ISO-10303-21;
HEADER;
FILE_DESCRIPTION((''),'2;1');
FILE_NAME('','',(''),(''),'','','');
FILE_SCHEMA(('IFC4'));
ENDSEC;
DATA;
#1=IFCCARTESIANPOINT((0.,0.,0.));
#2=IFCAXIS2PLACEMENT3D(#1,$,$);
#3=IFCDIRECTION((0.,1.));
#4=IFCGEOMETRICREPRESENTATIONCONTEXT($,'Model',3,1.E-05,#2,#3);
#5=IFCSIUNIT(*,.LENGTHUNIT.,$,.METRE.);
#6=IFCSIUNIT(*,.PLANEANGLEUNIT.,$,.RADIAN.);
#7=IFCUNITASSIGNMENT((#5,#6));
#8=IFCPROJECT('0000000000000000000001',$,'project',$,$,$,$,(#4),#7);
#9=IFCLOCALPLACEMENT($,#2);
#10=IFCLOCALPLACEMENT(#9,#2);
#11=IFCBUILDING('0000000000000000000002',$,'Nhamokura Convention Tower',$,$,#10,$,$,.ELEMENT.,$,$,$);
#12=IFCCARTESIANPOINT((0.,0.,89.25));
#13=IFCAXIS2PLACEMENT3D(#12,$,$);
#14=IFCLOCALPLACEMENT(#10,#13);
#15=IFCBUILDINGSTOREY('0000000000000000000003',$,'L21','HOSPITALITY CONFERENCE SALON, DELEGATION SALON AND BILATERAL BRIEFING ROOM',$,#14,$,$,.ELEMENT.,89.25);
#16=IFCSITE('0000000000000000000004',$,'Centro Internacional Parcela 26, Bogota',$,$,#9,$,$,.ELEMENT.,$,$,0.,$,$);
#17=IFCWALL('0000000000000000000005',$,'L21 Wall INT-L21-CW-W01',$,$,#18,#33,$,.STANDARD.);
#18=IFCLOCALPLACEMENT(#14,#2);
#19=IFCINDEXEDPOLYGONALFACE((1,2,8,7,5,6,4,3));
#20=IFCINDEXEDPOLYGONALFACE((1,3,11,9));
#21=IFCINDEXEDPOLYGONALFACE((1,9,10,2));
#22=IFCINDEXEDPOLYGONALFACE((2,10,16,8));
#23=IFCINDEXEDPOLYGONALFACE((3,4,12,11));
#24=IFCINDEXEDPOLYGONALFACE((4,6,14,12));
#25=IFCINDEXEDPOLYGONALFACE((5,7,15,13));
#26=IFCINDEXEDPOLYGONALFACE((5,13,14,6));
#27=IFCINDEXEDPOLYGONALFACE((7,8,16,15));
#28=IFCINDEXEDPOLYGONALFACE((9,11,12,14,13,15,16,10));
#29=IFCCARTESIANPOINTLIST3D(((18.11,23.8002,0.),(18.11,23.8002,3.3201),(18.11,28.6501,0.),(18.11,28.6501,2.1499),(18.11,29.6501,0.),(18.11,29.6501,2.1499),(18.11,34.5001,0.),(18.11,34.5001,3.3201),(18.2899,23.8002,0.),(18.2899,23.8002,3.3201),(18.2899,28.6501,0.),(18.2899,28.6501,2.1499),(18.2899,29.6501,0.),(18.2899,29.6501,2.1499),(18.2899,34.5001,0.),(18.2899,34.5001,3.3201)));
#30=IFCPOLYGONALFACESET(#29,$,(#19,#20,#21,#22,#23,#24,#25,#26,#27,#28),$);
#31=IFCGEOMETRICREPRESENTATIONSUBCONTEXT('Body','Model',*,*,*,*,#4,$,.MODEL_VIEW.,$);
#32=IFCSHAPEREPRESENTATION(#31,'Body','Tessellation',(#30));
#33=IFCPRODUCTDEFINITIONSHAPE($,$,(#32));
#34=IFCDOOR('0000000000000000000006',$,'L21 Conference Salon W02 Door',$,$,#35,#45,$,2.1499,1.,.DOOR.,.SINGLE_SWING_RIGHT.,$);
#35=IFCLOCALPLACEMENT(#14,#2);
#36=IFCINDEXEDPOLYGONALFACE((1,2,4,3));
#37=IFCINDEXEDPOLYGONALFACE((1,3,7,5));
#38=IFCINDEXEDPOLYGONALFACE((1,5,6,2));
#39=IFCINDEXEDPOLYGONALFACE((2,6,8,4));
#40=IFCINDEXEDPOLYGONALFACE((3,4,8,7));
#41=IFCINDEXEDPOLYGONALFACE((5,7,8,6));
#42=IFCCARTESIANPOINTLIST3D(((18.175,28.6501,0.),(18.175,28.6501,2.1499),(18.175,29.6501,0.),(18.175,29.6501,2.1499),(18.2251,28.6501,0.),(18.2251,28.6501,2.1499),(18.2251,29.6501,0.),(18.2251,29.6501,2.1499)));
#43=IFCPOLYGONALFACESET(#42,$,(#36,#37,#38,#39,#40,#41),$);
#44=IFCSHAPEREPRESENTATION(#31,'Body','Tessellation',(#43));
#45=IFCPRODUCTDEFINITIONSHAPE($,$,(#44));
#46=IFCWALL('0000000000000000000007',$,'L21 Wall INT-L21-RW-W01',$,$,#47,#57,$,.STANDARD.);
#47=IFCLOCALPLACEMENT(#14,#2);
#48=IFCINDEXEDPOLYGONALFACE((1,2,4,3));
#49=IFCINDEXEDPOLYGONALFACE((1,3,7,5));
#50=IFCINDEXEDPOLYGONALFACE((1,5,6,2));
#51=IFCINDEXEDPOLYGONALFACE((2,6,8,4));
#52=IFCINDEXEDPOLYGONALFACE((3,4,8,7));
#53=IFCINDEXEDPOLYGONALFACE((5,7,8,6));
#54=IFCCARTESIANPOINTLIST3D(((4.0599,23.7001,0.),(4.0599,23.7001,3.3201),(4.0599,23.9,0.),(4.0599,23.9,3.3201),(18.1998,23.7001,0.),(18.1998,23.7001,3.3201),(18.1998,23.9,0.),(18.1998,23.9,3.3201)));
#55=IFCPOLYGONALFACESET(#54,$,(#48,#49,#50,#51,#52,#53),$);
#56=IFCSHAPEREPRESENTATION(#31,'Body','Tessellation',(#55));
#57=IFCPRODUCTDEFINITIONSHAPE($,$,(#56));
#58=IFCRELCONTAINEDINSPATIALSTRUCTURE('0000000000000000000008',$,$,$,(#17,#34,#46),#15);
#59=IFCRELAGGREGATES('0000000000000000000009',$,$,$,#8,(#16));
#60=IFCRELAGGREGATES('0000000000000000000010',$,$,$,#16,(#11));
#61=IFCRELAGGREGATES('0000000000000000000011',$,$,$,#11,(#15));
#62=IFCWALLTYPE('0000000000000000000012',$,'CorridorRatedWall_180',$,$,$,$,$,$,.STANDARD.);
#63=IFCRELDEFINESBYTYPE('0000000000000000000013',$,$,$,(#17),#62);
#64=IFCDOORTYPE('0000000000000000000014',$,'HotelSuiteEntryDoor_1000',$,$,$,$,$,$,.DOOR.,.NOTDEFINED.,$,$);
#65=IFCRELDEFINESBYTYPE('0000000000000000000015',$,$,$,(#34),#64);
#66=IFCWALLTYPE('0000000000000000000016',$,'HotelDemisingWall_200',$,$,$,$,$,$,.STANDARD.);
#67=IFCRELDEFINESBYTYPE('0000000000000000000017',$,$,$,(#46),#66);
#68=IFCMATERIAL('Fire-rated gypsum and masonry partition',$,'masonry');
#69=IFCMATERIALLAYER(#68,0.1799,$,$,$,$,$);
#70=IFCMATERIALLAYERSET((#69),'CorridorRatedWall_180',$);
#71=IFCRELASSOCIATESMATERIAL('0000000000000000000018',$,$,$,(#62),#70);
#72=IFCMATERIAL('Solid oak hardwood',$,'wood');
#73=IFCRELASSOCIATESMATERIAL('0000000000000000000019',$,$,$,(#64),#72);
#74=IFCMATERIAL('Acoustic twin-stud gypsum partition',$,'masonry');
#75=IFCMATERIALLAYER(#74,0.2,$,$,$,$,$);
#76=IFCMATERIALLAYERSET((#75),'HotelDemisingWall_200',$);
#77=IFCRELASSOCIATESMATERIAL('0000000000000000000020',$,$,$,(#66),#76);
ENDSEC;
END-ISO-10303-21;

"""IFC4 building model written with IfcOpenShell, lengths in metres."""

from ifc_helpers import new_model, si_unit, direction, frame, frame_2d, origin, place, context, subcontext, project, spatial, rectangle, extrude, material, layer, layer_set, type_object, element, fill, save


model = new_model("IFC4")

# Units and contexts
model_context = context("Model", 3, precision=1e-05, world=origin(), true_north=direction((0.0, 1.0)))
body_context = subcontext(model_context, "Body", "Model", "MODEL_VIEW")
ifc_project = project(units=[si_unit("LENGTHUNIT", "METRE"), si_unit("PLANEANGLEUNIT", "RADIAN")], contexts=[model_context])

# Site, building, storey
site_placement = place(None, origin())
site = spatial("IfcSite", under=ifc_project, at=site_placement, Name="Centro Internacional Parcela 26, Bogota", CompositionType="ELEMENT", RefElevation=0.0)
building_placement = place(site_placement, origin())
building = spatial("IfcBuilding", under=site, at=building_placement, Name="Nhamokura Convention Tower", CompositionType="ELEMENT")
storey_placement = place(building_placement, frame((0.0, 0.0, 89.25)))
storey = spatial("IfcBuildingStorey", under=building, at=storey_placement, Name="L21", Description="HOSPITALITY CONFERENCE SALON, DELEGATION SALON AND BILATERAL BRIEFING ROOM", CompositionType="ELEMENT", Elevation=89.25)

# Wall, opening, door
ifc_material_1 = material(Name="Fire-rated gypsum and masonry partition", Category="masonry")
ifc_layer_1 = layer(ifc_material_1, 0.1799)
ifc_layer_set_1 = layer_set([ifc_layer_1], Name="CorridorRatedWall_180")
wall_type_1 = type_object("IfcWallType", Name="CorridorRatedWall_180", PredefinedType="STANDARD", material=ifc_layer_set_1)
ifc_material_2 = material(Name="Solid oak hardwood", Category="wood")
door_type = type_object("IfcDoorType", Name="HotelSuiteEntryDoor_1000", OperationType="NOTDEFINED", PredefinedType="DOOR", material=ifc_material_2)
wall_1_placement = place(storey_placement, frame((18.2, 23.8, 0.0), z_axis=(0.0, 0.0, 1.0), x_axis=(0.0, 1.0, 0.0)))
wall_1 = element("IfcWall", 1, at=wall_1_placement, inside=storey, type_object=wall_type_1, Name="L21 Wall INT-L21-CW-W01", PredefinedType="STANDARD", context=body_context, shape_type="SweptSolid", body=[
    extrude(rectangle(XDim=10.7, YDim=0.1799, at=frame_2d((5.3501, 0.0))), origin(), (0.0, 0.0, 1.0), 3.3201),
])
opening_1_placement = place(wall_1_placement, frame((4.8501, 0.0, 0.0)))
opening_1 = element("IfcOpeningElement", 2, at=opening_1_placement, cuts=wall_1, PredefinedType="OPENING", context=body_context, shape_type="SweptSolid", body=[
    extrude(rectangle(XDim=1.0, YDim=2.1499, at=frame_2d((0.5, 1.075))), frame((0.0, 0.0999, 0.0), z_axis=(0.0, -1.0, 0.0), x_axis=(1.0, 0.0, 0.0)), (0.0, 0.0, 1.0), 0.2),
])
door_1_placement = place(opening_1_placement, origin())
door_1 = element("IfcDoor", 3, at=door_1_placement, inside=storey, type_object=door_type, Name="L21 Conference Salon W02 Door", OperationType="SINGLE_SWING_RIGHT", OverallHeight=2.1499, OverallWidth=1.0, PredefinedType="DOOR", context=body_context, shape_type="SweptSolid", body=[
    extrude(rectangle(XDim=1.0, YDim=2.1499, at=frame_2d((0.5, 1.075))), frame((0.0, 0.0249, 0.0), z_axis=(0.0, -1.0, 0.0), x_axis=(1.0, 0.0, 0.0)), (0.0, 0.0, 1.0), 0.05),
])
fill(opening_1, door_1)

# Wall
ifc_material_3 = material(Name="Acoustic twin-stud gypsum partition", Category="masonry")
ifc_layer_2 = layer(ifc_material_3, 0.2)
ifc_layer_set_2 = layer_set([ifc_layer_2], Name="HotelDemisingWall_200")
wall_type_2 = type_object("IfcWallType", Name="HotelDemisingWall_200", PredefinedType="STANDARD", material=ifc_layer_set_2)
wall_2_placement = place(storey_placement, frame((4.0601, 23.8, 0.0), z_axis=(0.0, 0.0, 1.0), x_axis=(1.0, 0.0, 0.0)))
element("IfcWall", 4, at=wall_2_placement, inside=storey, type_object=wall_type_2, Name="L21 Wall INT-L21-RW-W01", PredefinedType="STANDARD", context=body_context, shape_type="SweptSolid", body=[
    extrude(rectangle(XDim=14.1399, YDim=0.2, at=frame_2d((7.0698, 0.0))), origin(), (0.0, 0.0, 1.0), 3.3201),
])

save(model, "model.ifc")
